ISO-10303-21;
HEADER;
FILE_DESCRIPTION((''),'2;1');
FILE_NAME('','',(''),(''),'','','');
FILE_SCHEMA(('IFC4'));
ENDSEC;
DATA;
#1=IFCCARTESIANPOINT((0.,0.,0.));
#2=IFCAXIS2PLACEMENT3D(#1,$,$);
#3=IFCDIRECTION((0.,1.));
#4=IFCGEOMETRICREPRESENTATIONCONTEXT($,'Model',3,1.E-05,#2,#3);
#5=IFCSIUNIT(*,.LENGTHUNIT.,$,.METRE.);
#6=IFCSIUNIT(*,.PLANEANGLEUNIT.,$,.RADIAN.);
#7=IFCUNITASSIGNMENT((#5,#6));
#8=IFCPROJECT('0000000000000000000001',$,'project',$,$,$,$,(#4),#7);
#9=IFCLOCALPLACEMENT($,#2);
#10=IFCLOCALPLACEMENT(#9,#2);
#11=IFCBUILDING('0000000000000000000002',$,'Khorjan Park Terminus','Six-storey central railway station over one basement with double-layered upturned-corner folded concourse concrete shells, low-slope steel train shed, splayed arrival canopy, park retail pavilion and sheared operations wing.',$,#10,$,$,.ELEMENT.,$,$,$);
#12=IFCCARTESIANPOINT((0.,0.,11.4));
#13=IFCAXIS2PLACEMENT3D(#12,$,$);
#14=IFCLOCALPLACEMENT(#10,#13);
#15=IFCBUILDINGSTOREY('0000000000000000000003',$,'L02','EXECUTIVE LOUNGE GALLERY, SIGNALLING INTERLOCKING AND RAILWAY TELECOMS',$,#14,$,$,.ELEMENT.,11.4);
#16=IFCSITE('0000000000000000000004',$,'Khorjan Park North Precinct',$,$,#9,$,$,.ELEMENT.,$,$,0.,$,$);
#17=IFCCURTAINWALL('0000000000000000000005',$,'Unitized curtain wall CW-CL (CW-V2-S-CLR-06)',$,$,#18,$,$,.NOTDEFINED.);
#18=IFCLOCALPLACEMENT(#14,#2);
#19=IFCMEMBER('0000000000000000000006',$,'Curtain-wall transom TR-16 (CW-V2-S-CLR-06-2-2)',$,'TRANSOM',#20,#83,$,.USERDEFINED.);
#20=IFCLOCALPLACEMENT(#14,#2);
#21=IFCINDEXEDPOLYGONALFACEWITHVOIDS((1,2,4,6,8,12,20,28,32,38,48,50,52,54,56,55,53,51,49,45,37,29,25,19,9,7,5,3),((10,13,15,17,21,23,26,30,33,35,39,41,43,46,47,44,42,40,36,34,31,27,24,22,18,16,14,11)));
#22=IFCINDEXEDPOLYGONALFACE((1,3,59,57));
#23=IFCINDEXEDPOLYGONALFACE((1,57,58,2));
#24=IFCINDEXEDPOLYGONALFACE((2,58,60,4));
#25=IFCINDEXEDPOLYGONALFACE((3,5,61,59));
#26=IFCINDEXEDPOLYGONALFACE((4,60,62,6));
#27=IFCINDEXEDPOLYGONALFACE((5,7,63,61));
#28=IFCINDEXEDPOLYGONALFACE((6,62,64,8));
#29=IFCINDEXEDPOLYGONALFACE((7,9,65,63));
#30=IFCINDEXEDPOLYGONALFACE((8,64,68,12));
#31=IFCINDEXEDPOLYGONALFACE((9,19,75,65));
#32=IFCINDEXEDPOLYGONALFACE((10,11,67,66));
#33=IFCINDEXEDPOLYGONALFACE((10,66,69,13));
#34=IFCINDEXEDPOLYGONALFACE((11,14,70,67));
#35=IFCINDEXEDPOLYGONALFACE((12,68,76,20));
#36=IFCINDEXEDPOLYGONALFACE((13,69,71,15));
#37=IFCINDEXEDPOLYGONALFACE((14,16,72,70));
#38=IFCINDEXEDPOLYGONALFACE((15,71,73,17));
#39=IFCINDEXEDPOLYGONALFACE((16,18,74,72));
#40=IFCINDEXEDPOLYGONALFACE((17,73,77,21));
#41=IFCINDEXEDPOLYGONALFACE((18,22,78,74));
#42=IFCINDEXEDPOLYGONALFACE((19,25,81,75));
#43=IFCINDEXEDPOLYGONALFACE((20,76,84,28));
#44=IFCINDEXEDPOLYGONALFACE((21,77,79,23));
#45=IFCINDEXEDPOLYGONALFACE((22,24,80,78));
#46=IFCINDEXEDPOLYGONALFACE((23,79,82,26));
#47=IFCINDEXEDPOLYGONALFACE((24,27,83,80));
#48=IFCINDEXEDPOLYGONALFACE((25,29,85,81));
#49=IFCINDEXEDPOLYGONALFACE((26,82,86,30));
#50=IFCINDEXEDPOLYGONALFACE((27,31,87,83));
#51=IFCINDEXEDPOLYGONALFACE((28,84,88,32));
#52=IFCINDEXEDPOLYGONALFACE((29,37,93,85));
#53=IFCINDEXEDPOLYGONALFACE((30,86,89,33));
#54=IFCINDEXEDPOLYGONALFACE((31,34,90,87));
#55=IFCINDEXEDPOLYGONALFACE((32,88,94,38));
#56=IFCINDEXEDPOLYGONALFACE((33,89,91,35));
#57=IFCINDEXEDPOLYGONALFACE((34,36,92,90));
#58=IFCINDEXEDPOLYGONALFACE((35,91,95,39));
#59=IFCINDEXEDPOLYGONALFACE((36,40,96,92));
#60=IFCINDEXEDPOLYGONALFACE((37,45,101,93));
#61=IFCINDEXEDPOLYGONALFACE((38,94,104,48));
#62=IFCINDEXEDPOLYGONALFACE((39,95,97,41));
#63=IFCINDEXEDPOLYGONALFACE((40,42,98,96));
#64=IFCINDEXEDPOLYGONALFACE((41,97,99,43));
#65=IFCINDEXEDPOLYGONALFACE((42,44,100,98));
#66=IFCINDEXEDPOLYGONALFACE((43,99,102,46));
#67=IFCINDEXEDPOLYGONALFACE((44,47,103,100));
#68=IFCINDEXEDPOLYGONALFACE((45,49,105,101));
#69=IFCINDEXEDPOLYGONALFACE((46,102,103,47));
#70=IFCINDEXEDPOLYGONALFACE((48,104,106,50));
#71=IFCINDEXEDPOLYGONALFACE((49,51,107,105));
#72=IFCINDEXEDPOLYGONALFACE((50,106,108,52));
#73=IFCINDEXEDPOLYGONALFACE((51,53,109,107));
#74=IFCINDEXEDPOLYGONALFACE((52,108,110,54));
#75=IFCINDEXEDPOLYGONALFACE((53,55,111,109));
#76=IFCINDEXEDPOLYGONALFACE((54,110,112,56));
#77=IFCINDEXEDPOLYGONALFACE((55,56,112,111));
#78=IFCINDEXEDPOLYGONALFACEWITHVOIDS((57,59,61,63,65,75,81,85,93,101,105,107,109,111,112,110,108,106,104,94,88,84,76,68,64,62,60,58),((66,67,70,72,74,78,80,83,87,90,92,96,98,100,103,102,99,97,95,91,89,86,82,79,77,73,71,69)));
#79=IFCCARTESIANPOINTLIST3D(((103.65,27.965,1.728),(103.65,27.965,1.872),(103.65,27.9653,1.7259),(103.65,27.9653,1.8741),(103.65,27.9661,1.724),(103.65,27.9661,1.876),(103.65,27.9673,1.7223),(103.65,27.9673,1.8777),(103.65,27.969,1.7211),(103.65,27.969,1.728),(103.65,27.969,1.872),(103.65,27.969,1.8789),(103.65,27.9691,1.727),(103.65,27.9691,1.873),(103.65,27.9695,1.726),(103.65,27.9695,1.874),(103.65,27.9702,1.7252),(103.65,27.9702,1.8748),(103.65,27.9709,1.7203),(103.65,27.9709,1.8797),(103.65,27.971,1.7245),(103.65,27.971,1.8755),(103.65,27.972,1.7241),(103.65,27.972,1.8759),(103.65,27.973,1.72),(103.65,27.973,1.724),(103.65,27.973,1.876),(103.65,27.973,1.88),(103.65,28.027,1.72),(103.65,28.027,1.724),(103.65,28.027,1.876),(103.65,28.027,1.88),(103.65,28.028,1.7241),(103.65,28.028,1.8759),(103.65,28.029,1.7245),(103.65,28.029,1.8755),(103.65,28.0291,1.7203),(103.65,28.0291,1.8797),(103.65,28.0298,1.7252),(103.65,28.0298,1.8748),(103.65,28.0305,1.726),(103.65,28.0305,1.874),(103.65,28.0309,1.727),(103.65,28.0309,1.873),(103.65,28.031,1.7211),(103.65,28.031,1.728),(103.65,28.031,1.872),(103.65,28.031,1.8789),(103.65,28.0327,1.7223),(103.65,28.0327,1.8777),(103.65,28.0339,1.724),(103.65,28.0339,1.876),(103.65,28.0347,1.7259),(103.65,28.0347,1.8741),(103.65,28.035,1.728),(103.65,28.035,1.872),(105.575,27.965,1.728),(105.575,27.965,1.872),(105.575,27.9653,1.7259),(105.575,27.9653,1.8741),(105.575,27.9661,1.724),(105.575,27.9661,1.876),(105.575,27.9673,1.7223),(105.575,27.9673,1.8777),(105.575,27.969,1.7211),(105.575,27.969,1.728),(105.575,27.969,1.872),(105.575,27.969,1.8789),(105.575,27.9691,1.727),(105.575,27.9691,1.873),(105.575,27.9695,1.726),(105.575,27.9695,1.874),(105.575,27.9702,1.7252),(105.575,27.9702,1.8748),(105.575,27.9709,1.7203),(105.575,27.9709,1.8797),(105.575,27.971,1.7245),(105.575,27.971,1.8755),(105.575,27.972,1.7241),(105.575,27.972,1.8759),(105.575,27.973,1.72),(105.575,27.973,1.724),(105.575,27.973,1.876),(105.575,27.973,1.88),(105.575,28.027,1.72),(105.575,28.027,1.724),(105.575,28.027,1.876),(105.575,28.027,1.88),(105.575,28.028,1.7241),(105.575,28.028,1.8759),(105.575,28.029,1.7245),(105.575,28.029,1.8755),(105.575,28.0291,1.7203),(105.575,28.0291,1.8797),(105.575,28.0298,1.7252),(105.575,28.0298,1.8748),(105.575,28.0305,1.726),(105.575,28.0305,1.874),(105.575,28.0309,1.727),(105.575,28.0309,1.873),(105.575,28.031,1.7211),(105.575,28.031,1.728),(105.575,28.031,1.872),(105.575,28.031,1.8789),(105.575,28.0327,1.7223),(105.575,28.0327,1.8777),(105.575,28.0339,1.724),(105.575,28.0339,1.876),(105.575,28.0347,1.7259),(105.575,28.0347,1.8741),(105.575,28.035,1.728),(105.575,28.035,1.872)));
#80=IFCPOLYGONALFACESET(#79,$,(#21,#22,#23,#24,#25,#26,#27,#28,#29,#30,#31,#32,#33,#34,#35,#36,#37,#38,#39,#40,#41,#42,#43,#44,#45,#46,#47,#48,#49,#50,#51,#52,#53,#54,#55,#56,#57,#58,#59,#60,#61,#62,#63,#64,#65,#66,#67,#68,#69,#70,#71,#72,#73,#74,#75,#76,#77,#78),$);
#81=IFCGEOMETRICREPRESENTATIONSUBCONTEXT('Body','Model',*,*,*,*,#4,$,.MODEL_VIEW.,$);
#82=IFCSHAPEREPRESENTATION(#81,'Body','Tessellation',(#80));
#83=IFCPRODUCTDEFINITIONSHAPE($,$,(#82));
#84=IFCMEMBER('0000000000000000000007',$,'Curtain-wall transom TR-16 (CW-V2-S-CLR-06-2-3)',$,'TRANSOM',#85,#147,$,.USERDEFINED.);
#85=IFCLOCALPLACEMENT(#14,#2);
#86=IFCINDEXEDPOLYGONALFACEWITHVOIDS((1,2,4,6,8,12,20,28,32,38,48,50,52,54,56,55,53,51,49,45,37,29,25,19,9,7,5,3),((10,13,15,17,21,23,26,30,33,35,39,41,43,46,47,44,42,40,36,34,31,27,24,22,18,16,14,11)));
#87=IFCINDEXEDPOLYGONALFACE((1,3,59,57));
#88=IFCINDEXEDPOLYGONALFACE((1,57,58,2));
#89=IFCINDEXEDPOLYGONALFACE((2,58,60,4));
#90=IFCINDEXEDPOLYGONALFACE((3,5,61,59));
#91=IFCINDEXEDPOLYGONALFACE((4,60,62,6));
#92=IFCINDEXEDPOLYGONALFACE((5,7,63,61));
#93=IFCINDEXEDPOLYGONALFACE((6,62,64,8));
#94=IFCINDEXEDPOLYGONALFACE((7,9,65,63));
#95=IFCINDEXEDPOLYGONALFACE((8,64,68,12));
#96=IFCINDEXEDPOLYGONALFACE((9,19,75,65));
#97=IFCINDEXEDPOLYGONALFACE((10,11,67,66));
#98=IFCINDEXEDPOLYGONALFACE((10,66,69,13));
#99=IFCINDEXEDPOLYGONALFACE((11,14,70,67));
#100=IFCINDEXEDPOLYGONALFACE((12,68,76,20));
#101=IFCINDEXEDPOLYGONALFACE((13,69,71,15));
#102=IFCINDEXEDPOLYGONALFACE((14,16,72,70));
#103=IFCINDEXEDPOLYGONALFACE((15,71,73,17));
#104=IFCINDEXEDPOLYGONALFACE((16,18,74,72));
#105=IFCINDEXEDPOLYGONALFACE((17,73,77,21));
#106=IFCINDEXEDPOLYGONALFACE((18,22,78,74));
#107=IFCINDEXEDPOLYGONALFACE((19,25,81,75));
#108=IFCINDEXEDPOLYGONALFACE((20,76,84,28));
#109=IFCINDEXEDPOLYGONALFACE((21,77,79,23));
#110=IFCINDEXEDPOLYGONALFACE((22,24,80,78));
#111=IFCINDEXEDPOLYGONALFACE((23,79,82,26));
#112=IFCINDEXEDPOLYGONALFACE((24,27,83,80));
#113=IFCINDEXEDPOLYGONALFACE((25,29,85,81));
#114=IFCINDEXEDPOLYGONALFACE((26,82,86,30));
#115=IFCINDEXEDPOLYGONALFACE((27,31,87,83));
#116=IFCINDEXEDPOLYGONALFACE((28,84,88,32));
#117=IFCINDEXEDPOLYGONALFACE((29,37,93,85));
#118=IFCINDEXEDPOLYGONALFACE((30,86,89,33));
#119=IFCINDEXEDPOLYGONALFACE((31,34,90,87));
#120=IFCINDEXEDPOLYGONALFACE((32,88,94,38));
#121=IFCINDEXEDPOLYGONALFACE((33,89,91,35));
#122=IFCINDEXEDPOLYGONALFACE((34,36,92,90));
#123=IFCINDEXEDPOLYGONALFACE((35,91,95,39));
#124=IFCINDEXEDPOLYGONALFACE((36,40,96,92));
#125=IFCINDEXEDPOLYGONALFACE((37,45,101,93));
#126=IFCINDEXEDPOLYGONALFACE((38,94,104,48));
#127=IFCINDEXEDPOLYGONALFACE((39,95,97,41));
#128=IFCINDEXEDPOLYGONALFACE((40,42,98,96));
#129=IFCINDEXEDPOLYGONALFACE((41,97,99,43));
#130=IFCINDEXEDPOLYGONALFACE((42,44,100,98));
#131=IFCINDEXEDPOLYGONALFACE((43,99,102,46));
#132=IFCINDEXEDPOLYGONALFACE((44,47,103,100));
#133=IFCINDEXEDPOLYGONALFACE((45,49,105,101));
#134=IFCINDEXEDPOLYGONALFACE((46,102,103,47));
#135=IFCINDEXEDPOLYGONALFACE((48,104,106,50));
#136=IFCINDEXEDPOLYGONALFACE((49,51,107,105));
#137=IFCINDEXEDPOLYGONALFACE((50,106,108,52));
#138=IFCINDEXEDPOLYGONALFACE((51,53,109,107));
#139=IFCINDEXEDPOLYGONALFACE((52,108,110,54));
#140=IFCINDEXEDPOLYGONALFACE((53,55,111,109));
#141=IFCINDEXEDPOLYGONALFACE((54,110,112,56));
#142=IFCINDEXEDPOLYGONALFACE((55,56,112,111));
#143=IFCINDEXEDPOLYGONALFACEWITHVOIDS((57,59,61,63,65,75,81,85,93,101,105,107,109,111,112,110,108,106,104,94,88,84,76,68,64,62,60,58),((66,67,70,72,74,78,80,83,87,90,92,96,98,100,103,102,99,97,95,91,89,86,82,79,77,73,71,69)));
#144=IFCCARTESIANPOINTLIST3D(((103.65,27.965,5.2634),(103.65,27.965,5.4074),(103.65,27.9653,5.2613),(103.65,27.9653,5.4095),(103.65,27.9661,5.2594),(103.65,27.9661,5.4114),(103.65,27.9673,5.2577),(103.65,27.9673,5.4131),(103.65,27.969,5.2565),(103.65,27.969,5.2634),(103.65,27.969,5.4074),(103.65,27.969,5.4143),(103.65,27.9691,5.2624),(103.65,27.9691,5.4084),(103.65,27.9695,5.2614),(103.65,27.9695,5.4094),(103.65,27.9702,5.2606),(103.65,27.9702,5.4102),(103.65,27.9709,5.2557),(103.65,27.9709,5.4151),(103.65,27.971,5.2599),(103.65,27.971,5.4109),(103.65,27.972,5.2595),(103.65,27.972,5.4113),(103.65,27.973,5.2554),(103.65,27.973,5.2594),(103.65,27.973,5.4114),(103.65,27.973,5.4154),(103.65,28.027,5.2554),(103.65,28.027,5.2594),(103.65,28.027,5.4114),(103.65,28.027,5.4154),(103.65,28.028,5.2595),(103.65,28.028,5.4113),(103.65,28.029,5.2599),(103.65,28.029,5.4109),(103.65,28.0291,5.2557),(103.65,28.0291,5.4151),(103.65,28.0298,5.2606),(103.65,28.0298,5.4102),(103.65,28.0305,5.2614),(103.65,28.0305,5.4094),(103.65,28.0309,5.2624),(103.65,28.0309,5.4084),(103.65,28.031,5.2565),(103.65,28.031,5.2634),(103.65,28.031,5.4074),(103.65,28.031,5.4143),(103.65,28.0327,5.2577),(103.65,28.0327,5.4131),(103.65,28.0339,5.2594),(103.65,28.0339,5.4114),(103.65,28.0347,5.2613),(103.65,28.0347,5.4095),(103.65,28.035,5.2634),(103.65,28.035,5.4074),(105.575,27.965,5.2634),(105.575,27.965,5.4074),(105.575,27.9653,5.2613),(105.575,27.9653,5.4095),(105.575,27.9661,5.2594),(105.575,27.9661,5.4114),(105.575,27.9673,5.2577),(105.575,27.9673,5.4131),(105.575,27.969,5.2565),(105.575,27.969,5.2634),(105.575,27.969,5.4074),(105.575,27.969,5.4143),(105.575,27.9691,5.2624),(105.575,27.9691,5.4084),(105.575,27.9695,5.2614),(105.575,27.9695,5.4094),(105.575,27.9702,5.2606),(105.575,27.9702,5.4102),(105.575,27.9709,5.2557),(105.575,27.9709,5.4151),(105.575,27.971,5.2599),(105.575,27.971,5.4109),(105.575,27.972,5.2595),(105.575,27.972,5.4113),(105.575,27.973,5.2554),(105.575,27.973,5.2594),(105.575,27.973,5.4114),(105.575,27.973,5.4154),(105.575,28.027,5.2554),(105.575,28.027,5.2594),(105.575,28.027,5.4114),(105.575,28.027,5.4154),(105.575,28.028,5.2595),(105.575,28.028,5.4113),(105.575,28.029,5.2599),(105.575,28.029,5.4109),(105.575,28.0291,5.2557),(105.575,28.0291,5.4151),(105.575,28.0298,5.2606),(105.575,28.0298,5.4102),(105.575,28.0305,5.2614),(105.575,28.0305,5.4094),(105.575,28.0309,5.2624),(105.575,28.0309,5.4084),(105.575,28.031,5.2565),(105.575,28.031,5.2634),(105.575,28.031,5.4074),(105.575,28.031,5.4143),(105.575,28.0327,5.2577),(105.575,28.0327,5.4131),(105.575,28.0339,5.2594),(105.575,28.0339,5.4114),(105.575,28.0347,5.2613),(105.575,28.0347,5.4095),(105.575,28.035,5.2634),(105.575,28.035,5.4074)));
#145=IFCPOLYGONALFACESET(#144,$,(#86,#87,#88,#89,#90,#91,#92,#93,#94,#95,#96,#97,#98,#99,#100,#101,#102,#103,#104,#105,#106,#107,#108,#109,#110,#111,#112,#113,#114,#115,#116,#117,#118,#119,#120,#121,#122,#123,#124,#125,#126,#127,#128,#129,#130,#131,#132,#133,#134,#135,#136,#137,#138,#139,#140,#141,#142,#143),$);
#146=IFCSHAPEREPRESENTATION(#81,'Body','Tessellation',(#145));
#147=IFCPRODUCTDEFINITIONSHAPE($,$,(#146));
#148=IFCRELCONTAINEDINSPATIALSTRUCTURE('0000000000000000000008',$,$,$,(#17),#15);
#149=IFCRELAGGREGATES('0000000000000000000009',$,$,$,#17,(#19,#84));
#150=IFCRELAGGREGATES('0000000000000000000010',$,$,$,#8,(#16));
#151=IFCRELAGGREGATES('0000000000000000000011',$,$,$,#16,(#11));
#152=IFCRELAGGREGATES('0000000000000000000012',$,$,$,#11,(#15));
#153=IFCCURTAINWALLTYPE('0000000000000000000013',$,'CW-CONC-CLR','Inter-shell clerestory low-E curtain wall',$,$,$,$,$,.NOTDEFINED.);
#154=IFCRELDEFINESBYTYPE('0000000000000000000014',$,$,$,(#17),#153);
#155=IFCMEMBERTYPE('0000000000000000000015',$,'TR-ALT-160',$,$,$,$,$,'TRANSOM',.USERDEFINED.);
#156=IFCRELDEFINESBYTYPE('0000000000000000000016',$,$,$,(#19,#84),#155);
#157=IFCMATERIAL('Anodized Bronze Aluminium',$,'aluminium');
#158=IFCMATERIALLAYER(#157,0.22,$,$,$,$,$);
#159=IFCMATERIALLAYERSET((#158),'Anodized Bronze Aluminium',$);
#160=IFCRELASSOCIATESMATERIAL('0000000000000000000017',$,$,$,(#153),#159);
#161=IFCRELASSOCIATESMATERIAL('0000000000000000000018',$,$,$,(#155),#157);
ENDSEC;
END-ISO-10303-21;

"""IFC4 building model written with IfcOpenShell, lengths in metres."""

from ifc_helpers import new_model, si_unit, direction, frame, origin, origin_2d, place, context, subcontext, project, spatial, hollow_rectangle, extrude, material, layer, layer_set, material_profile, profile_set, type_object, element, aggregate, save


model = new_model("IFC4")

# Units and contexts
model_context = context("Model", 3, precision=1e-05, world=origin(), true_north=direction((0.0, 1.0)))
body_context = subcontext(model_context, "Body", "Model", "MODEL_VIEW")
ifc_project = project(units=[si_unit("LENGTHUNIT", "METRE"), si_unit("PLANEANGLEUNIT", "RADIAN")], contexts=[model_context])

# Site, building, storey
site_placement = place(None, origin())
site = spatial("IfcSite", under=ifc_project, at=site_placement, Name="Khorjan Park North Precinct", CompositionType="ELEMENT", RefElevation=0.0)
building_placement = place(site_placement, origin())
building = spatial("IfcBuilding", under=site, at=building_placement, Name="Khorjan Park Terminus", Description="Six-storey central railway station over one basement with double-layered upturned-corner folded concourse concrete shells, low-slope steel train shed, splayed arrival canopy, park retail pavilion and sheared operations wing.", CompositionType="ELEMENT")
storey_placement = place(building_placement, frame((0.0, 0.0, 11.4)))
storey = spatial("IfcBuildingStorey", under=building, at=storey_placement, Name="L02", Description="EXECUTIVE LOUNGE GALLERY, SIGNALLING INTERLOCKING AND RAILWAY TELECOMS", CompositionType="ELEMENT", Elevation=11.4)

# Curtain wall
ifc_material_1 = material(Name="Anodized Bronze Aluminium", Category="aluminium")
ifc_layer_1 = layer(ifc_material_1, 0.22)
ifc_layer_set_1 = layer_set([ifc_layer_1], Name="Anodized Bronze Aluminium")
curtain_wall_type = type_object("IfcCurtainWallType", Name="CW-CONC-CLR", Description="Inter-shell clerestory low-E curtain wall", PredefinedType="NOTDEFINED", material=ifc_layer_set_1)
curtain_wall_1_placement = place(storey_placement, origin())
curtain_wall_1 = element("IfcCurtainWall", 1, at=curtain_wall_1_placement, inside=storey, type_object=curtain_wall_type, Name="Unitized curtain wall CW-CL (CW-V2-S-CLR-06)", PredefinedType="NOTDEFINED")

# Members
ifc_material_profile_1 = material_profile(ifc_material_1, hollow_rectangle(XDim=0.07, YDim=0.16, WallThickness=0.004, InnerFilletRadius=0.004, OuterFilletRadius=0.008, at=origin_2d()), Name="ALT 70x160x4")
ifc_profile_set_1 = profile_set([ifc_material_profile_1], Name="Anodized Bronze Aluminium")
member_type_1 = type_object("IfcMemberType", Name="TR-ALT-160", ElementType="TRANSOM", PredefinedType="USERDEFINED", material=ifc_profile_set_1)
member_1_placement = place(storey_placement, frame((103.65, 28.0, 1.8), z_axis=(1.0, 0.0, 0.0), x_axis=(0.0, 1.0, 0.0)))
member_1 = element("IfcMember", 2, at=member_1_placement, type_object=member_type_1, Name="Curtain-wall transom TR-16 (CW-V2-S-CLR-06-2-2)", ObjectType="TRANSOM", PredefinedType="USERDEFINED", context=body_context, shape_type="SweptSolid", body=[
    extrude(hollow_rectangle(XDim=0.07, YDim=0.16, WallThickness=0.004, InnerFilletRadius=0.004, OuterFilletRadius=0.008, at=origin_2d()), origin(), (0.0, 0.0, 1.0), 1.925),
])
member_2_placement = place(storey_placement, frame((103.65, 28.0, 5.3354), z_axis=(1.0, 0.0, 0.0), x_axis=(0.0, 1.0, 0.0)))
member_2 = element("IfcMember", 3, at=member_2_placement, type_object=member_type_1, Name="Curtain-wall transom TR-16 (CW-V2-S-CLR-06-2-3)", ObjectType="TRANSOM", PredefinedType="USERDEFINED", context=body_context, shape_type="SweptSolid", body=[
    extrude(hollow_rectangle(XDim=0.07, YDim=0.16, WallThickness=0.004, InnerFilletRadius=0.004, OuterFilletRadius=0.008, at=origin_2d()), origin(), (0.0, 0.0, 1.0), 1.925),
])

aggregate(curtain_wall_1, [member_1, member_2])

save(model, "model.ifc")
